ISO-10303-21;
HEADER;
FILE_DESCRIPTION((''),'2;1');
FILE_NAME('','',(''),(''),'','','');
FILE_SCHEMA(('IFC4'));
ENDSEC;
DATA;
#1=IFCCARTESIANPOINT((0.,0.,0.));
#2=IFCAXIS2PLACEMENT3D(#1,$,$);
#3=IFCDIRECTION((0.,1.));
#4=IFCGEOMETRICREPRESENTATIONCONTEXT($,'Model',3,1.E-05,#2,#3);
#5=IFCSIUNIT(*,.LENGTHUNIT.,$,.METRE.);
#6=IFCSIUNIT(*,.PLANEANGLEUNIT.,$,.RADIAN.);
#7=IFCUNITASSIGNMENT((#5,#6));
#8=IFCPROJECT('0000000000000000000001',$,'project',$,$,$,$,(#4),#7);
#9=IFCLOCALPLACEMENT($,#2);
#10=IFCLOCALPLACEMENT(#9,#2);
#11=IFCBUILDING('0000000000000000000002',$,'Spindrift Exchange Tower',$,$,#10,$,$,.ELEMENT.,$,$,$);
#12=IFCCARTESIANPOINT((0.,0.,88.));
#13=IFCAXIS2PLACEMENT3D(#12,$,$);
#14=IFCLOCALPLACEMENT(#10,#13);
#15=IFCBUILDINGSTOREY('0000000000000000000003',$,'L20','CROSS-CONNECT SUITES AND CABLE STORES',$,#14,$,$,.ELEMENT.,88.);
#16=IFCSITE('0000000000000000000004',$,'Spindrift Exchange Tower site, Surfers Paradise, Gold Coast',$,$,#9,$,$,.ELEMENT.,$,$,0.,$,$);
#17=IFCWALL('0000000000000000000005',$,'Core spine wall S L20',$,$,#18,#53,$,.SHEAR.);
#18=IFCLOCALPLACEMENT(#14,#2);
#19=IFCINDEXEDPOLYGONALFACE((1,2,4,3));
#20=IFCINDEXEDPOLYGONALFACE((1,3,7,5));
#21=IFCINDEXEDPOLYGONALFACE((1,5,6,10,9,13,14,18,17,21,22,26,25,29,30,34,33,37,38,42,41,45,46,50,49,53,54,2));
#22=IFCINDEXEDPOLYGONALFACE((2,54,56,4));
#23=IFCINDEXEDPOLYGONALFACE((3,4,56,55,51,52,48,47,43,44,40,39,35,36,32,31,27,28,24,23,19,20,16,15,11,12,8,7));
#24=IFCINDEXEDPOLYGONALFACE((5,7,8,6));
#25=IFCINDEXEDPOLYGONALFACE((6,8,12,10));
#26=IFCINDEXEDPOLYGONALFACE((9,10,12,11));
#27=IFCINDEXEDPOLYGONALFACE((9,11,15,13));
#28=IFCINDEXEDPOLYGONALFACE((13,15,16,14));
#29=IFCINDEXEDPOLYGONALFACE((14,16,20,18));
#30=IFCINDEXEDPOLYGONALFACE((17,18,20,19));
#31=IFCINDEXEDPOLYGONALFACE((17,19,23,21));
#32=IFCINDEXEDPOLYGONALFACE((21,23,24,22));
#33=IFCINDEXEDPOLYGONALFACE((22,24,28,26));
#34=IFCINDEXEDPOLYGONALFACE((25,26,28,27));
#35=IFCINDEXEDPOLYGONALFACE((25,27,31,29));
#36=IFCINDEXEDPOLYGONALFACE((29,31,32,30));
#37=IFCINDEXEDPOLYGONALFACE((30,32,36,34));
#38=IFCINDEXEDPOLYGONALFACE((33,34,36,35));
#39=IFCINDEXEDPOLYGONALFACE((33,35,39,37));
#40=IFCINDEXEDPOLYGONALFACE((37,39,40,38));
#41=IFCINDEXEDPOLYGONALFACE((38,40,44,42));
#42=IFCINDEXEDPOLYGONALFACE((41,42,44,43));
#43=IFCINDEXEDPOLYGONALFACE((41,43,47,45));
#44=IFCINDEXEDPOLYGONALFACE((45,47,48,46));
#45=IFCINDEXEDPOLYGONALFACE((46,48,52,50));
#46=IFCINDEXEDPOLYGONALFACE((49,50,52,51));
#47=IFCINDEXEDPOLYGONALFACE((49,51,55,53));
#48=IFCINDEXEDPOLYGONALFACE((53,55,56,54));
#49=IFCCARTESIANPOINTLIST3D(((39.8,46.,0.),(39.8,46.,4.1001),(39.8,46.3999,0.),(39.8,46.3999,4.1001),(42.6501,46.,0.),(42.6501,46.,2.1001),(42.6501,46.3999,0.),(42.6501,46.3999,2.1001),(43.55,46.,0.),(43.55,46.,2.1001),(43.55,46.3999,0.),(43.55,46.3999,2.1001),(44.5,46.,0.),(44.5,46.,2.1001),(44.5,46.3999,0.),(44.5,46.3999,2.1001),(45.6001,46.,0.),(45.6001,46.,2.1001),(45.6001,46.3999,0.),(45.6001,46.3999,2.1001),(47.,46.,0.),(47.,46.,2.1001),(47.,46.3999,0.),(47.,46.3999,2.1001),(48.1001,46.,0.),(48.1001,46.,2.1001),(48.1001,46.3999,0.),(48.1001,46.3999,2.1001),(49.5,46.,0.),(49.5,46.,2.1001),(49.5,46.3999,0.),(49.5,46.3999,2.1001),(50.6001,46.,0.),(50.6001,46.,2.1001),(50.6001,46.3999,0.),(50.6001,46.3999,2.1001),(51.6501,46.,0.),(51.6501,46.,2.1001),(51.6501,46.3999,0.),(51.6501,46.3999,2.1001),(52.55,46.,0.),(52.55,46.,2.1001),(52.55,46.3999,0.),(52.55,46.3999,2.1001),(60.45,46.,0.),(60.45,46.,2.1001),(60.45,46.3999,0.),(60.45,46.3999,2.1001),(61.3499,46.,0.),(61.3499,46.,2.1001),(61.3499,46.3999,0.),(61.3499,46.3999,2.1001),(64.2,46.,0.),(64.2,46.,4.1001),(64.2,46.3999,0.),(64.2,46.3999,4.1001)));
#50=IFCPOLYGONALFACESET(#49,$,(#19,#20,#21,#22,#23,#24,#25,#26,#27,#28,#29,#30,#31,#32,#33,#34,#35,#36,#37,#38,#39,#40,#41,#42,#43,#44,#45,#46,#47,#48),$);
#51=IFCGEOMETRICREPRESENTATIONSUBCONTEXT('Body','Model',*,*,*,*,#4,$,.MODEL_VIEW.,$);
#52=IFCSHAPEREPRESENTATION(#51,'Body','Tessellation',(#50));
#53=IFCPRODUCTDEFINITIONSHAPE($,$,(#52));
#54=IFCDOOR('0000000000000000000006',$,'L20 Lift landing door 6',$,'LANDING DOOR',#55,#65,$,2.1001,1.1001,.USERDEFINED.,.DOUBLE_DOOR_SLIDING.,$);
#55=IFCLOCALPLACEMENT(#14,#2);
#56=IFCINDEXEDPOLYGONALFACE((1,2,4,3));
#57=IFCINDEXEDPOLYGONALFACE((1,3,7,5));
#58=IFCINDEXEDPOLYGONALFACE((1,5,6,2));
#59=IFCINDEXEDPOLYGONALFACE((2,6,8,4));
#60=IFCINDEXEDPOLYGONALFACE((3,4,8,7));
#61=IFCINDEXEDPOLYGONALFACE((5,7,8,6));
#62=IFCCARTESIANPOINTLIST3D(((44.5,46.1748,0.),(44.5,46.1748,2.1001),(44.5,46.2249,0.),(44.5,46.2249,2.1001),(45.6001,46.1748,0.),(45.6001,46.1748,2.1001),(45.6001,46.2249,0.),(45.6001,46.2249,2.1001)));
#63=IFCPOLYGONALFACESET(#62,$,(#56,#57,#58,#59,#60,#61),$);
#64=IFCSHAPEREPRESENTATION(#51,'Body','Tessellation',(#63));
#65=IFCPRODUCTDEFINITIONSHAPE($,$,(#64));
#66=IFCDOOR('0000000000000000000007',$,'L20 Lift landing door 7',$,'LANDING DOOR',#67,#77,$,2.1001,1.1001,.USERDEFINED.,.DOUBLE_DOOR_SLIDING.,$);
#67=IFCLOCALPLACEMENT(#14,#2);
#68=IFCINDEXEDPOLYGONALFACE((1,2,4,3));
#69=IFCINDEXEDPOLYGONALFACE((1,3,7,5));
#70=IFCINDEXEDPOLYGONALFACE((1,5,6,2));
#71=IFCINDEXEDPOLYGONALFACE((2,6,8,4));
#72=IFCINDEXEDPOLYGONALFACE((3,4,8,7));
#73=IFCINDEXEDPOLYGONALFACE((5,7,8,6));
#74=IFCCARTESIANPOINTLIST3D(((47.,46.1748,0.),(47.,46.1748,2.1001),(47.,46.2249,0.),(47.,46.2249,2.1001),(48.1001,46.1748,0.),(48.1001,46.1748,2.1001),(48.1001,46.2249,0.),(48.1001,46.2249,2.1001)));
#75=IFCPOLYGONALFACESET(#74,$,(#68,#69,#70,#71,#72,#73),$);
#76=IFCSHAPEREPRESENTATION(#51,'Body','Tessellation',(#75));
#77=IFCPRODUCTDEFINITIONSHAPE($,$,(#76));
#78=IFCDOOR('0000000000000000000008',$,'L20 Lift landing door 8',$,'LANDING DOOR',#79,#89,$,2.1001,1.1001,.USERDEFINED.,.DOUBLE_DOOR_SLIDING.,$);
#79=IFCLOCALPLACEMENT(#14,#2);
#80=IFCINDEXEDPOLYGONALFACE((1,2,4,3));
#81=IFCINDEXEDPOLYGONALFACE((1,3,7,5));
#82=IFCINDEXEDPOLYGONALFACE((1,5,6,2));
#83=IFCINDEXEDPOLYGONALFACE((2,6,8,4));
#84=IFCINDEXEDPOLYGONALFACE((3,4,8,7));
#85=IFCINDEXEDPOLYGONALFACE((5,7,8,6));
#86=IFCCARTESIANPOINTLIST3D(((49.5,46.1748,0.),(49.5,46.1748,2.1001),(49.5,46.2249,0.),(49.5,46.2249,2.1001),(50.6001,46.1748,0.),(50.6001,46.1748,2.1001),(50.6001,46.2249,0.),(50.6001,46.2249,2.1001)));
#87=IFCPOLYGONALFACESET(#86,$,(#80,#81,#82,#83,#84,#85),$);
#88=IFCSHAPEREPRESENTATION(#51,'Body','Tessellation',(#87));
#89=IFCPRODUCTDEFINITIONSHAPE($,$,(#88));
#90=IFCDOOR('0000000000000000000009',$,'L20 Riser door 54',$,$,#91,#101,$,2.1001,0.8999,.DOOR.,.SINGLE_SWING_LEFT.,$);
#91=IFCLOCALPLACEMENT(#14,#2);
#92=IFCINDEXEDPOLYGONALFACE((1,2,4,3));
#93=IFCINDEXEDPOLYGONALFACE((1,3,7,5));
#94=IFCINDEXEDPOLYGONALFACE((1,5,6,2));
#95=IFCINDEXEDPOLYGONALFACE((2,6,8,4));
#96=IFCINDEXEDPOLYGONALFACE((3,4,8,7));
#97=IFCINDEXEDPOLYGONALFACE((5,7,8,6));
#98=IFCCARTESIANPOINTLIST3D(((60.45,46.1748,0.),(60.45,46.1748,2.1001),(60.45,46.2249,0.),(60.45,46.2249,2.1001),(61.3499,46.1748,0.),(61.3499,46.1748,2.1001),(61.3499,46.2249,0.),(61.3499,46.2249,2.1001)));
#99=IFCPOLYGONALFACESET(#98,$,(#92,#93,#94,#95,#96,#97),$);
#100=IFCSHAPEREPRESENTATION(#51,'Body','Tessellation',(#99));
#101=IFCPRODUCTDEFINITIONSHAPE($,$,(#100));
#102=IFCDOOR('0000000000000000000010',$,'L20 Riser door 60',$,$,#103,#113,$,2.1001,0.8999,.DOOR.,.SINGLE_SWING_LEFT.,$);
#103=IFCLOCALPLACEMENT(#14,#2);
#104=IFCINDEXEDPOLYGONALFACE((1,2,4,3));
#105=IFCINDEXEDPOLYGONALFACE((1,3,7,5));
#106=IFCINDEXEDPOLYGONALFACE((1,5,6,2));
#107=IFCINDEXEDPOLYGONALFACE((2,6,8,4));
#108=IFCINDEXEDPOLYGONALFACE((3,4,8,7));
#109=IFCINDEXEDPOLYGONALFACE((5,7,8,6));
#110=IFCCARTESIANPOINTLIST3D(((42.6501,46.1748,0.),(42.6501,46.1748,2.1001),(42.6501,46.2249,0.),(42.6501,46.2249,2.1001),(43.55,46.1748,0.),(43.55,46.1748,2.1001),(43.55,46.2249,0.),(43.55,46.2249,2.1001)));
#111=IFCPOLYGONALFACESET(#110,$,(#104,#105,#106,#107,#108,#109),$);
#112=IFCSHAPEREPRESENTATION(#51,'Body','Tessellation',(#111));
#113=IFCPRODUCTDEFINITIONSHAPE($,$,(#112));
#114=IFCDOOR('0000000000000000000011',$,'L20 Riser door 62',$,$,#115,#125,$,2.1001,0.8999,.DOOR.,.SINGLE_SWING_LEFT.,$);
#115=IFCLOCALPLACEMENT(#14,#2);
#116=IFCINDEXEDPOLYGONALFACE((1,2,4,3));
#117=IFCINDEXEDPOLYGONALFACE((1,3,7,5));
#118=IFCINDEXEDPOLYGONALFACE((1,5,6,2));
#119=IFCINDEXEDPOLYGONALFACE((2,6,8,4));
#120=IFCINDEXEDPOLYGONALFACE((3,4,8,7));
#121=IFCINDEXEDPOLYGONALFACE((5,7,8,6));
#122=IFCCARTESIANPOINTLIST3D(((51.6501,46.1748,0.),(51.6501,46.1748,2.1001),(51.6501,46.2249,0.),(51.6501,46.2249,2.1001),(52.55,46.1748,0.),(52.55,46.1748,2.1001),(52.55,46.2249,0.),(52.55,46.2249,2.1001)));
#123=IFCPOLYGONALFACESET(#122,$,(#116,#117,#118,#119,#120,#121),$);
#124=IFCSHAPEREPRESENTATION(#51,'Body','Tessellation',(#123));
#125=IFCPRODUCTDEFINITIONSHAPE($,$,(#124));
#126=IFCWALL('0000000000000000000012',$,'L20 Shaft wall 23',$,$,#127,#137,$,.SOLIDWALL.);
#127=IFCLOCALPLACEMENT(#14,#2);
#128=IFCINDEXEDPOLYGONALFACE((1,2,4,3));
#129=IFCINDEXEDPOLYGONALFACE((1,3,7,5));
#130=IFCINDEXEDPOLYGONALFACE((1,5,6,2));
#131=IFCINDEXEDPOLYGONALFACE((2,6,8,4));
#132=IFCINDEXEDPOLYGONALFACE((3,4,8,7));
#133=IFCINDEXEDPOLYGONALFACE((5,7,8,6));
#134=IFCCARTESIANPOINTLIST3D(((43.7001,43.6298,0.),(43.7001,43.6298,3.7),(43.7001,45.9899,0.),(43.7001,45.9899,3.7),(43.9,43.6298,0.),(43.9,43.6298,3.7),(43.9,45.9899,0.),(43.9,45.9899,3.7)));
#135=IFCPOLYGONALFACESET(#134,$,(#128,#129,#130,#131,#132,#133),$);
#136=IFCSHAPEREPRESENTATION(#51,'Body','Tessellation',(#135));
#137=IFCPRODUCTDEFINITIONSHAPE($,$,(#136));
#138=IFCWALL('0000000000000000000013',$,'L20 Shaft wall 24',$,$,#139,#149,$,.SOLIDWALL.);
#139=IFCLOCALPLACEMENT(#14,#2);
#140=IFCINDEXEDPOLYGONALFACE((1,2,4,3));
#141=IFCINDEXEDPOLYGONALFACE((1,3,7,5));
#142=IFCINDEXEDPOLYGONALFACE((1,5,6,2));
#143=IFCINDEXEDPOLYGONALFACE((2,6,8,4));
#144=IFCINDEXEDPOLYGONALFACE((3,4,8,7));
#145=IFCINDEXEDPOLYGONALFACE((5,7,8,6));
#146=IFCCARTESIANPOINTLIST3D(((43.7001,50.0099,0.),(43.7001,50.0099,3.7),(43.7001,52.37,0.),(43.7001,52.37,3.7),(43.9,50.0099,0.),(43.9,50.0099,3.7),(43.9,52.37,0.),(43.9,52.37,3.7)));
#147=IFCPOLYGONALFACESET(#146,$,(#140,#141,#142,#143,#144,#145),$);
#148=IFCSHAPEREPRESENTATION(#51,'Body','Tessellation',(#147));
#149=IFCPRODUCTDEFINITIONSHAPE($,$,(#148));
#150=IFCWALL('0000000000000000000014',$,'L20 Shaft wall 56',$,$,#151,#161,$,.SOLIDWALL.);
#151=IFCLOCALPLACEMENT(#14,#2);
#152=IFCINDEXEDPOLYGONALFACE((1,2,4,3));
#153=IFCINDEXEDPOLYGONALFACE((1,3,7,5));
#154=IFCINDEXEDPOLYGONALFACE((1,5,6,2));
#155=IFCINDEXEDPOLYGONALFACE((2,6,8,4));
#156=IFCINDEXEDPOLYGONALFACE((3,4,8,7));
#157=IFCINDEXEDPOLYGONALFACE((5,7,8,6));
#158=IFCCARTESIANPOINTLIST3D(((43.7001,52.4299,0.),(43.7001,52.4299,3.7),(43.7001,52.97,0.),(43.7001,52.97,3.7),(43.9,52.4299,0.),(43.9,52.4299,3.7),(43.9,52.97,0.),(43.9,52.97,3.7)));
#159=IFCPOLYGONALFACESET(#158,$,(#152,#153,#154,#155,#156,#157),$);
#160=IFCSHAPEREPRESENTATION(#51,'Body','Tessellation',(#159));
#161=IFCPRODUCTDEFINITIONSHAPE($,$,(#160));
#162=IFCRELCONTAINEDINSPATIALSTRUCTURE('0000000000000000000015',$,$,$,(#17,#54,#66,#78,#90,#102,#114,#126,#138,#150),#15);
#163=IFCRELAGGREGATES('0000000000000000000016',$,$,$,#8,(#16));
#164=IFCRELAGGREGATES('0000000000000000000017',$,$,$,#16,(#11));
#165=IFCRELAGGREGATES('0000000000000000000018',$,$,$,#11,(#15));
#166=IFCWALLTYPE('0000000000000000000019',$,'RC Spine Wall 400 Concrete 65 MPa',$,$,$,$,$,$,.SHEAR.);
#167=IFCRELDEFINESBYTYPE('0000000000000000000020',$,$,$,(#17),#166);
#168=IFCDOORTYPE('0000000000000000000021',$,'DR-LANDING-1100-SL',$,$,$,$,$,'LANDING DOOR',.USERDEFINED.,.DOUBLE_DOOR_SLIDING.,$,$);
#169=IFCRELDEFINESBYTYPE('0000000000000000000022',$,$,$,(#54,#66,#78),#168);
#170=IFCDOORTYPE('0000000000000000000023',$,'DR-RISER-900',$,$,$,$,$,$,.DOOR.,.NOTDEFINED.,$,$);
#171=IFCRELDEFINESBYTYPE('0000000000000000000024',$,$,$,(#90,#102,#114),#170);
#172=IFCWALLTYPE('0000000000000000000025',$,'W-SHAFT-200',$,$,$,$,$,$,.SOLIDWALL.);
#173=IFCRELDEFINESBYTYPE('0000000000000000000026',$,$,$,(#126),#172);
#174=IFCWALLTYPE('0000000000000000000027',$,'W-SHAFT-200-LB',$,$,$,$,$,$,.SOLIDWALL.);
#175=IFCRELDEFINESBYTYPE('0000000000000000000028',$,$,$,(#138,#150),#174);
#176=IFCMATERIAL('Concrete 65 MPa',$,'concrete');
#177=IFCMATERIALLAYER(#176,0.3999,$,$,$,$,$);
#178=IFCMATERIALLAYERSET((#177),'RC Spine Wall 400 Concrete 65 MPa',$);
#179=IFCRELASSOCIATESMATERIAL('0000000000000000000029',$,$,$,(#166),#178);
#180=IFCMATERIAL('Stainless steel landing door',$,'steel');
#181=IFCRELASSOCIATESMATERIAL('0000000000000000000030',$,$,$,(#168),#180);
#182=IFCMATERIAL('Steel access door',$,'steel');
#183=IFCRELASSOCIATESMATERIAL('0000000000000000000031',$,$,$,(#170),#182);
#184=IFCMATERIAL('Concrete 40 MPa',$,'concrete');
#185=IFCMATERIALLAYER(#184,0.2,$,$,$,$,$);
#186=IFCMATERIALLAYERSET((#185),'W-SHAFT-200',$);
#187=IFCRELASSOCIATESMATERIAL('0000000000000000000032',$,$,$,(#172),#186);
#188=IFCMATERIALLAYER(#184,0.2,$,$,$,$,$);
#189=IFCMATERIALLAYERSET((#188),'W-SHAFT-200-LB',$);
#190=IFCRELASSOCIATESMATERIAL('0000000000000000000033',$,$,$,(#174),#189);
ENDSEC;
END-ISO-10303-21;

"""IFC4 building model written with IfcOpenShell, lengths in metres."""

from ifc_helpers import new_model, si_unit, direction, frame, frame_2d, origin, place, context, subcontext, project, spatial, rectangle, extrude, source, transform, mapped, material, layer, layer_set, type_object, element, fill, save


model = new_model("IFC4")

# Units and contexts
model_context = context("Model", 3, precision=1e-05, world=origin(), true_north=direction((0.0, 1.0)))
body_context = subcontext(model_context, "Body", "Model", "MODEL_VIEW")
ifc_project = project(units=[si_unit("LENGTHUNIT", "METRE"), si_unit("PLANEANGLEUNIT", "RADIAN")], contexts=[model_context])

# Site, building, storey
site_placement = place(None, origin())
site = spatial("IfcSite", under=ifc_project, at=site_placement, Name="Spindrift Exchange Tower site, Surfers Paradise, Gold Coast", CompositionType="ELEMENT", RefElevation=0.0)
building_placement = place(site_placement, origin())
building = spatial("IfcBuilding", under=site, at=building_placement, Name="Spindrift Exchange Tower", CompositionType="ELEMENT")
storey_placement = place(building_placement, frame((0.0, 0.0, 88.0)))
storey = spatial("IfcBuildingStorey", under=building, at=storey_placement, Name="L20", Description="CROSS-CONNECT SUITES AND CABLE STORES", CompositionType="ELEMENT", Elevation=88.0)

# Wall, openings, doors
ifc_material_1 = material(Name="Concrete 65 MPa", Category="concrete")
ifc_layer_1 = layer(ifc_material_1, 0.3999)
ifc_layer_set_1 = layer_set([ifc_layer_1], Name="RC Spine Wall 400 Concrete 65 MPa")
wall_type_1 = type_object("IfcWallType", Name="RC Spine Wall 400 Concrete 65 MPa", PredefinedType="SHEAR", material=ifc_layer_set_1)
ifc_material_2 = material(Name="Stainless steel landing door", Category="steel")
door_type_1 = type_object("IfcDoorType", Name="DR-LANDING-1100-SL", ElementType="LANDING DOOR", OperationType="DOUBLE_DOOR_SLIDING", PredefinedType="USERDEFINED", material=ifc_material_2)
shared_shape_1 = source(origin(), body_context, "Body", "SweptSolid", [
    extrude(rectangle(XDim=1.1001, YDim=2.1001, at=frame_2d((0.55, 1.05))), frame((0.0, 0.0249, 0.0), z_axis=(0.0, -1.0, 0.0), x_axis=(1.0, 0.0, 0.0)), (0.0, 0.0, 1.0), 0.05),
])
ifc_material_3 = material(Name="Steel access door", Category="steel")
door_type_2 = type_object("IfcDoorType", Name="DR-RISER-900", OperationType="NOTDEFINED", PredefinedType="DOOR", material=ifc_material_3)
shared_shape_2 = source(origin(), body_context, "Body", "SweptSolid", [
    extrude(rectangle(XDim=0.8999, YDim=2.1001, at=frame_2d((0.45, 1.05))), frame((0.0, 0.0249, 0.0), z_axis=(0.0, -1.0, 0.0), x_axis=(1.0, 0.0, 0.0)), (0.0, 0.0, 1.0), 0.05),
])
wall_1_placement = place(storey_placement, frame((39.8, 46.2, 0.0), z_axis=(0.0, 0.0, 1.0), x_axis=(1.0, 0.0, 0.0)))
wall_1 = element("IfcWall", 1, at=wall_1_placement, inside=storey, type_object=wall_type_1, Name="Core spine wall S L20", PredefinedType="SHEAR", context=body_context, shape_type="SweptSolid", body=[
    extrude(rectangle(XDim=24.3999, YDim=0.3999, at=frame_2d((12.2, 0.0))), origin(), (0.0, 0.0, 1.0), 4.1001),
])
opening_1_placement = place(wall_1_placement, frame((4.7, 0.0, 0.0)))
opening_1 = element("IfcOpeningElement", 2, at=opening_1_placement, cuts=wall_1, PredefinedType="OPENING", context=body_context, shape_type="SweptSolid", body=[
    extrude(rectangle(XDim=1.1001, YDim=2.1001, at=frame_2d((0.55, 1.05))), frame((0.0, 0.21, 0.0), z_axis=(0.0, -1.0, 0.0), x_axis=(1.0, 0.0, 0.0)), (0.0, 0.0, 1.0), 0.4199),
])
opening_2_placement = place(wall_1_placement, frame((7.2, 0.0, 0.0)))
opening_2 = element("IfcOpeningElement", 3, at=opening_2_placement, cuts=wall_1, PredefinedType="OPENING", context=body_context, shape_type="SweptSolid", body=[
    extrude(rectangle(XDim=1.1001, YDim=2.1001, at=frame_2d((0.55, 1.05))), frame((0.0, 0.21, 0.0), z_axis=(0.0, -1.0, 0.0), x_axis=(1.0, 0.0, 0.0)), (0.0, 0.0, 1.0), 0.4199),
])
opening_3_placement = place(wall_1_placement, frame((9.7, 0.0, 0.0)))
opening_3 = element("IfcOpeningElement", 4, at=opening_3_placement, cuts=wall_1, PredefinedType="OPENING", context=body_context, shape_type="SweptSolid", body=[
    extrude(rectangle(XDim=1.1001, YDim=2.1001, at=frame_2d((0.55, 1.05))), frame((0.0, 0.21, 0.0), z_axis=(0.0, -1.0, 0.0), x_axis=(1.0, 0.0, 0.0)), (0.0, 0.0, 1.0), 0.4199),
])
opening_4_placement = place(wall_1_placement, frame((20.6499, 0.0, 0.0)))
opening_4 = element("IfcOpeningElement", 5, at=opening_4_placement, cuts=wall_1, PredefinedType="OPENING", context=body_context, shape_type="SweptSolid", body=[
    extrude(rectangle(XDim=0.8999, YDim=2.1001, at=frame_2d((0.45, 1.05))), frame((0.0, 0.21, 0.0), z_axis=(0.0, -1.0, 0.0), x_axis=(1.0, 0.0, 0.0)), (0.0, 0.0, 1.0), 0.4199),
])
opening_5_placement = place(wall_1_placement, frame((2.8501, 0.0, 0.0)))
opening_5 = element("IfcOpeningElement", 6, at=opening_5_placement, cuts=wall_1, PredefinedType="OPENING", context=body_context, shape_type="SweptSolid", body=[
    extrude(rectangle(XDim=0.8999, YDim=2.1001, at=frame_2d((0.45, 1.05))), frame((0.0, 0.21, 0.0), z_axis=(0.0, -1.0, 0.0), x_axis=(1.0, 0.0, 0.0)), (0.0, 0.0, 1.0), 0.4199),
])
opening_6_placement = place(wall_1_placement, frame((11.8501, 0.0, 0.0)))
opening_6 = element("IfcOpeningElement", 7, at=opening_6_placement, cuts=wall_1, PredefinedType="OPENING", context=body_context, shape_type="SweptSolid", body=[
    extrude(rectangle(XDim=0.8999, YDim=2.1001, at=frame_2d((0.45, 1.05))), frame((0.0, 0.21, 0.0), z_axis=(0.0, -1.0, 0.0), x_axis=(1.0, 0.0, 0.0)), (0.0, 0.0, 1.0), 0.4199),
])
door_1_placement = place(opening_1_placement, origin())
door_1 = element("IfcDoor", 8, at=door_1_placement, inside=storey, type_object=door_type_1, Name="L20 Lift landing door 6", ObjectType="LANDING DOOR", OperationType="DOUBLE_DOOR_SLIDING", OverallHeight=2.1001, OverallWidth=1.1001, PredefinedType="USERDEFINED", context=body_context, shape_type="MappedRepresentation", body=[
    mapped(shared_shape_1, transform((0.0, 0.0, 0.0), scale=1.0)),
])
fill(opening_1, door_1)
door_2_placement = place(opening_2_placement, origin())
door_2 = element("IfcDoor", 9, at=door_2_placement, inside=storey, type_object=door_type_1, Name="L20 Lift landing door 7", ObjectType="LANDING DOOR", OperationType="DOUBLE_DOOR_SLIDING", OverallHeight=2.1001, OverallWidth=1.1001, PredefinedType="USERDEFINED", context=body_context, shape_type="MappedRepresentation", body=[
    mapped(shared_shape_1, transform((0.0, 0.0, 0.0), scale=1.0)),
])
fill(opening_2, door_2)
door_3_placement = place(opening_3_placement, origin())
door_3 = element("IfcDoor", 10, at=door_3_placement, inside=storey, type_object=door_type_1, Name="L20 Lift landing door 8", ObjectType="LANDING DOOR", OperationType="DOUBLE_DOOR_SLIDING", OverallHeight=2.1001, OverallWidth=1.1001, PredefinedType="USERDEFINED", context=body_context, shape_type="MappedRepresentation", body=[
    mapped(shared_shape_1, transform((0.0, 0.0, 0.0), scale=1.0)),
])
fill(opening_3, door_3)
door_4_placement = place(opening_4_placement, origin())
door_4 = element("IfcDoor", 11, at=door_4_placement, inside=storey, type_object=door_type_2, Name="L20 Riser door 54", OperationType="SINGLE_SWING_LEFT", OverallHeight=2.1001, OverallWidth=0.8999, PredefinedType="DOOR", context=body_context, shape_type="MappedRepresentation", body=[
    mapped(shared_shape_2, transform((0.0, 0.0, 0.0), scale=1.0)),
])
fill(opening_4, door_4)
door_5_placement = place(opening_5_placement, origin())
door_5 = element("IfcDoor", 12, at=door_5_placement, inside=storey, type_object=door_type_2, Name="L20 Riser door 60", OperationType="SINGLE_SWING_LEFT", OverallHeight=2.1001, OverallWidth=0.8999, PredefinedType="DOOR", context=body_context, shape_type="MappedRepresentation", body=[
    mapped(shared_shape_2, transform((0.0, 0.0, 0.0), scale=1.0)),
])
fill(opening_5, door_5)
door_6_placement = place(opening_6_placement, origin())
door_6 = element("IfcDoor", 13, at=door_6_placement, inside=storey, type_object=door_type_2, Name="L20 Riser door 62", OperationType="SINGLE_SWING_LEFT", OverallHeight=2.1001, OverallWidth=0.8999, PredefinedType="DOOR", context=body_context, shape_type="MappedRepresentation", body=[
    mapped(shared_shape_2, transform((0.0, 0.0, 0.0), scale=1.0)),
])
fill(opening_6, door_6)

# Walls
ifc_material_4 = material(Name="Concrete 40 MPa", Category="concrete")
ifc_layer_2 = layer(ifc_material_4, 0.2)
ifc_layer_set_2 = layer_set([ifc_layer_2], Name="W-SHAFT-200")
wall_type_2 = type_object("IfcWallType", Name="W-SHAFT-200", PredefinedType="SOLIDWALL", material=ifc_layer_set_2)
wall_2_placement = place(storey_placement, frame((43.8, 45.99, 0.0), z_axis=(0.0, 0.0, 1.0), x_axis=(0.0, -1.0, 0.0)))
element("IfcWall", 14, at=wall_2_placement, inside=storey, type_object=wall_type_2, Name="L20 Shaft wall 23", PredefinedType="SOLIDWALL", context=body_context, shape_type="SweptSolid", body=[
    extrude(rectangle(XDim=2.3601, YDim=0.2, at=frame_2d((1.1802, 0.0))), origin(), (0.0, 0.0, 1.0), 3.7),
])
ifc_layer_3 = layer(ifc_material_4, 0.2)
ifc_layer_set_3 = layer_set([ifc_layer_3], Name="W-SHAFT-200-LB")
wall_type_3 = type_object("IfcWallType", Name="W-SHAFT-200-LB", PredefinedType="SOLIDWALL", material=ifc_layer_set_3)
wall_3_placement = place(storey_placement, frame((43.8, 52.3701, 0.0), z_axis=(0.0, 0.0, 1.0), x_axis=(0.0, -1.0, 0.0)))
element("IfcWall", 15, at=wall_3_placement, inside=storey, type_object=wall_type_3, Name="L20 Shaft wall 24", PredefinedType="SOLIDWALL", context=body_context, shape_type="SweptSolid", body=[
    extrude(rectangle(XDim=2.3601, YDim=0.2, at=frame_2d((1.1802, 0.0))), origin(), (0.0, 0.0, 1.0), 3.7),
])
wall_4_placement = place(storey_placement, frame((43.8, 52.4299, 0.0), z_axis=(0.0, 0.0, 1.0), x_axis=(0.0, 1.0, 0.0)))
element("IfcWall", 16, at=wall_4_placement, inside=storey, type_object=wall_type_3, Name="L20 Shaft wall 56", PredefinedType="SOLIDWALL", context=body_context, shape_type="SweptSolid", body=[
    extrude(rectangle(XDim=0.54, YDim=0.2, at=frame_2d((0.27, 0.0))), origin(), (0.0, 0.0, 1.0), 3.7),
])

save(model, "model.ifc")
